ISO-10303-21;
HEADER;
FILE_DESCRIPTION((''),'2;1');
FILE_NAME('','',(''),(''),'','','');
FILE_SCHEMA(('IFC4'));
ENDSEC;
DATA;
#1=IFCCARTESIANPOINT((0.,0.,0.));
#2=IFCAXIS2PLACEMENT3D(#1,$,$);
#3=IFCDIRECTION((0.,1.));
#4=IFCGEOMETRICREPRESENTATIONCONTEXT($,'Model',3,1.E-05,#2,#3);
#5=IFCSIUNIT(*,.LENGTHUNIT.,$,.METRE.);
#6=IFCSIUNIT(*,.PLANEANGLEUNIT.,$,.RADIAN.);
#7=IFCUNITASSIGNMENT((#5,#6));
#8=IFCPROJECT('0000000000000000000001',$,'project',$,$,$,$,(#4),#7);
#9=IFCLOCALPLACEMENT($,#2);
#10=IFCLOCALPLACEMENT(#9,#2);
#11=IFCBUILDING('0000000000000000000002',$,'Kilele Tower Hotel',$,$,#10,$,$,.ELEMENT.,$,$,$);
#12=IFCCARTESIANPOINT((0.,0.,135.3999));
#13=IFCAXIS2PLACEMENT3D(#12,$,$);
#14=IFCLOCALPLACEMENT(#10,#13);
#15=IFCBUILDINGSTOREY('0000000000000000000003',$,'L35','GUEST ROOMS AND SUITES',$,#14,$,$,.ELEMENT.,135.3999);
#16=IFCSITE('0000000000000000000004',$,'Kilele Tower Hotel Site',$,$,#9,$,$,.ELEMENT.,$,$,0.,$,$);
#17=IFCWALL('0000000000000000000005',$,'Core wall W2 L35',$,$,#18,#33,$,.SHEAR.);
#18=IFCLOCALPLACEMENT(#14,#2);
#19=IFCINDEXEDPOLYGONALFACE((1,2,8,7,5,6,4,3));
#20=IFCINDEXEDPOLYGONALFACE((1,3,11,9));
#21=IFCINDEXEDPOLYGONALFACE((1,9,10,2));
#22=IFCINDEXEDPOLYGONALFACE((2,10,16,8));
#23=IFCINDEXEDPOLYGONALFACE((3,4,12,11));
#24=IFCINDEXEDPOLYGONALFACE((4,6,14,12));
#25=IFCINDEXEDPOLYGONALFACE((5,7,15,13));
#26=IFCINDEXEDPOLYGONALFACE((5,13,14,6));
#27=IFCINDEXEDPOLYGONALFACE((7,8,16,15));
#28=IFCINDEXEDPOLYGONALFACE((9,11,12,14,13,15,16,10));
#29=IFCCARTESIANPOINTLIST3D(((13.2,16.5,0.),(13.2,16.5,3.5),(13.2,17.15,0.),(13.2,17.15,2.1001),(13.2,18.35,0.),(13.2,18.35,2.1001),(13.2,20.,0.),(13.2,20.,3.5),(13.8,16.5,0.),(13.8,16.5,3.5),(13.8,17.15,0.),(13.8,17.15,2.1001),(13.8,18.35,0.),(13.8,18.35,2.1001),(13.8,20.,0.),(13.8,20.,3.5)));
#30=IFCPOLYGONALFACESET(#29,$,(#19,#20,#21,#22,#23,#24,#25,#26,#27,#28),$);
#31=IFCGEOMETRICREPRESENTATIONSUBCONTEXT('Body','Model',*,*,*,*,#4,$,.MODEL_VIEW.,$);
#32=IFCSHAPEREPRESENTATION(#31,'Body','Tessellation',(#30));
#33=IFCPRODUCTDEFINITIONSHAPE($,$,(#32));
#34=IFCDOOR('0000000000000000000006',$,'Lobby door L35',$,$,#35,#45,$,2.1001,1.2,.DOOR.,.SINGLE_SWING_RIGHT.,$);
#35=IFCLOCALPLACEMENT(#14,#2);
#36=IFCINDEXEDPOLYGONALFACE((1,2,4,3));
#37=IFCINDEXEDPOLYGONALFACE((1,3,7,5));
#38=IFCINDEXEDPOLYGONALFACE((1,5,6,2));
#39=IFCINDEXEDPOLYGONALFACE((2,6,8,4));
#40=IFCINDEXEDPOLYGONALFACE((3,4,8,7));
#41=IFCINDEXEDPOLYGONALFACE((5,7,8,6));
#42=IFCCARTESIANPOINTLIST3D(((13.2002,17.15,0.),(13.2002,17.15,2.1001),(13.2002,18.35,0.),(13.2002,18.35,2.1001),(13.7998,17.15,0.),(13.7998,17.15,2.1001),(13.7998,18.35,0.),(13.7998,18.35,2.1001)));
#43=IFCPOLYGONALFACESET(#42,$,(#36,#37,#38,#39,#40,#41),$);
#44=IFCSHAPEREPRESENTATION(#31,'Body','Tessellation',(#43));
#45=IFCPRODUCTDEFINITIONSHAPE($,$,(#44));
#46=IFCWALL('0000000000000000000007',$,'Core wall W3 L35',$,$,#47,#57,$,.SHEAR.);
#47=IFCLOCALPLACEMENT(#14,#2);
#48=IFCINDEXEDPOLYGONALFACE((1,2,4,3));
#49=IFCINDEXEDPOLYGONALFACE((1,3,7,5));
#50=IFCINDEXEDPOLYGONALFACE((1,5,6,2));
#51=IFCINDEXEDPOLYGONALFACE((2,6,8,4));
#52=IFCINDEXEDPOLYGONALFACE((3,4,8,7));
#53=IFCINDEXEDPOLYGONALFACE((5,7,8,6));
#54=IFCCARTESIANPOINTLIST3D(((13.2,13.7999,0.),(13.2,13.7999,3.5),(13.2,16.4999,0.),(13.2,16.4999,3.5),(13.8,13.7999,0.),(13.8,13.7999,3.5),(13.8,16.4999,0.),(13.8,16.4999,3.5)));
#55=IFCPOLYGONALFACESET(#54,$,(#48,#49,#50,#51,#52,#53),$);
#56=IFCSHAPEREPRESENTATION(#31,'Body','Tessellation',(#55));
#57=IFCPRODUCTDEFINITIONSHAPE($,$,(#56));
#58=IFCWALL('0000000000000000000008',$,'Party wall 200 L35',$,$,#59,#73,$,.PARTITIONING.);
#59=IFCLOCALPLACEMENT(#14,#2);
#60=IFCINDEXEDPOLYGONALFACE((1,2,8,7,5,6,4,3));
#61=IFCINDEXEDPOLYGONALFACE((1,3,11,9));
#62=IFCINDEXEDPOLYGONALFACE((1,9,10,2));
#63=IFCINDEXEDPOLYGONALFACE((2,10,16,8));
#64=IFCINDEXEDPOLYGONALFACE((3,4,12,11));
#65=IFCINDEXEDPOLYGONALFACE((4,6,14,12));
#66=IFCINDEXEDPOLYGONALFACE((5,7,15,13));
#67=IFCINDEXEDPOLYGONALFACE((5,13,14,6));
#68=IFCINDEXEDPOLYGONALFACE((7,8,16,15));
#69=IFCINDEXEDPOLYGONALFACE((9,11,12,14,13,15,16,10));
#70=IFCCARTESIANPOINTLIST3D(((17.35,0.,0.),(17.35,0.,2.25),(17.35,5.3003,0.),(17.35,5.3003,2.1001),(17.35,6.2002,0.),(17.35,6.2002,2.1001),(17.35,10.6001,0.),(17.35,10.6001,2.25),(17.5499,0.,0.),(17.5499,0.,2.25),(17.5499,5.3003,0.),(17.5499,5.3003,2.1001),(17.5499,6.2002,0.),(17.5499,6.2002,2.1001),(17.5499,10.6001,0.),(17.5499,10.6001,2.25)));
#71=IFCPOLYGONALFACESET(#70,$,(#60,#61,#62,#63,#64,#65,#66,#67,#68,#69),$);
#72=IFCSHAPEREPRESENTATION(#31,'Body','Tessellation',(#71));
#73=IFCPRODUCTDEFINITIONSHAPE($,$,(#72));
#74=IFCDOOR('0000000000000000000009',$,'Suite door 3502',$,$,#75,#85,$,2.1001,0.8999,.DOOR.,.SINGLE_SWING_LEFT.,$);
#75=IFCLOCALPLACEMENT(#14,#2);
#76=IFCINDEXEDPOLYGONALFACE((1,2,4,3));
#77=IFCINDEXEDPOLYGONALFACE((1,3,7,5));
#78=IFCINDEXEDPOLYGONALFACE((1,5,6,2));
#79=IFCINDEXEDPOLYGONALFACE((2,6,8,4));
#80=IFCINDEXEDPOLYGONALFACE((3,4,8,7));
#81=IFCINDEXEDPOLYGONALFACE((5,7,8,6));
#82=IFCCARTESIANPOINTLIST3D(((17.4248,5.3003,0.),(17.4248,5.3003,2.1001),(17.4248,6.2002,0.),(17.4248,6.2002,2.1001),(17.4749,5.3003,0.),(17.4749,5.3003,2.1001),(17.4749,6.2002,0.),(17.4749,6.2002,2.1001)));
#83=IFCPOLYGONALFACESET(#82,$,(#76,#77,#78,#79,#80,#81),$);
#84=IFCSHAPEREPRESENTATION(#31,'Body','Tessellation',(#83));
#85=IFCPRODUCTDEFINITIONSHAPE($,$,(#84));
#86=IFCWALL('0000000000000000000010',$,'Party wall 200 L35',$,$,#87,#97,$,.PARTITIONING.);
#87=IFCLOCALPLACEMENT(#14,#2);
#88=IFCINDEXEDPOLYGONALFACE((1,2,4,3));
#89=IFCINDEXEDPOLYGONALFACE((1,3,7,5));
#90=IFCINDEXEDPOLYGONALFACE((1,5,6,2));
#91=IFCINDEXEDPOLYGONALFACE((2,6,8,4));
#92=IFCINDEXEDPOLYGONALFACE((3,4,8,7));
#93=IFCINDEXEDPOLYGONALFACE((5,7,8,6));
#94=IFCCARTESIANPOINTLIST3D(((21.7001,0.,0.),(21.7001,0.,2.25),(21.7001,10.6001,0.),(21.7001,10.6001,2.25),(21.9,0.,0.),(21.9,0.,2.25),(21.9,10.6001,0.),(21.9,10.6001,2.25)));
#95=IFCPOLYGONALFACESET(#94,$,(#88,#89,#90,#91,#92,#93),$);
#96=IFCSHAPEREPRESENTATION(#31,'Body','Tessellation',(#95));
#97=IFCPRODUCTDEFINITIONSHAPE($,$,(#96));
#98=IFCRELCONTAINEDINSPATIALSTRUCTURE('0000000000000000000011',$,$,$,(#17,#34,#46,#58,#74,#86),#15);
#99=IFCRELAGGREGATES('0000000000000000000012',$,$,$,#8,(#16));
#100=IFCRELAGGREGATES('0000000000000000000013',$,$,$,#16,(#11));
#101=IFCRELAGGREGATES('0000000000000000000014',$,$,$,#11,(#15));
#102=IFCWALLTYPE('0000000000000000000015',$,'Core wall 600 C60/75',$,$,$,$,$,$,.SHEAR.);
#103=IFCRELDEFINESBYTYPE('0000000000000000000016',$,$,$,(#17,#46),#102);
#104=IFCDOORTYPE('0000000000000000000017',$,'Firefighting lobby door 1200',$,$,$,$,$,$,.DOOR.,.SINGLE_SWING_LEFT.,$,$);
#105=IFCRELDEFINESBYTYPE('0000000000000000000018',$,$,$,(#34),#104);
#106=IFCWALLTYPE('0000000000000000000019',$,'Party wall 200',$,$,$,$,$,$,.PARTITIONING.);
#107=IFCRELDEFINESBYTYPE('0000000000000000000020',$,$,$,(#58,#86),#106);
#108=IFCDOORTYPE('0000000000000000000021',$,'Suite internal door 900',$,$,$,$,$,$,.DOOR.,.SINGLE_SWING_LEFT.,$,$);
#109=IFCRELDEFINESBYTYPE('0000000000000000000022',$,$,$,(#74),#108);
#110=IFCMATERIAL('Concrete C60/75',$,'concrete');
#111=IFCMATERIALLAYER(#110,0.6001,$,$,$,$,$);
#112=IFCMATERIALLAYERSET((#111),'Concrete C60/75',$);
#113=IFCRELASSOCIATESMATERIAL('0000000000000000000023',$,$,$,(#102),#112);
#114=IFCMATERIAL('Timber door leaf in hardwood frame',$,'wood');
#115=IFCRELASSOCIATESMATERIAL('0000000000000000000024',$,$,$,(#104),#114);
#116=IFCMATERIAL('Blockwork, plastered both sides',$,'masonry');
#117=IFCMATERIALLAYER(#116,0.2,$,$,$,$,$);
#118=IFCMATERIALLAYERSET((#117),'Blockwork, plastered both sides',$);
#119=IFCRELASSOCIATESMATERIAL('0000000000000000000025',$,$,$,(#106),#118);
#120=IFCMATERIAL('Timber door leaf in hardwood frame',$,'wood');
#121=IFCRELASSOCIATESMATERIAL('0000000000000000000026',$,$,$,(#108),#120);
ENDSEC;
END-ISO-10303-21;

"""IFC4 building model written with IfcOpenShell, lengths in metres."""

from ifc_helpers import new_model, si_unit, direction, frame, frame_2d, origin, place, context, subcontext, project, spatial, rectangle, extrude, material, layer, layer_set, type_object, element, fill, save


model = new_model("IFC4")

# Units and contexts
model_context = context("Model", 3, precision=1e-05, world=origin(), true_north=direction((0.0, 1.0)))
body_context = subcontext(model_context, "Body", "Model", "MODEL_VIEW")
ifc_project = project(units=[si_unit("LENGTHUNIT", "METRE"), si_unit("PLANEANGLEUNIT", "RADIAN")], contexts=[model_context])

# Site, building, storey
site_placement = place(None, origin())
site = spatial("IfcSite", under=ifc_project, at=site_placement, Name="Kilele Tower Hotel Site", CompositionType="ELEMENT", RefElevation=0.0)
building_placement = place(site_placement, origin())
building = spatial("IfcBuilding", under=site, at=building_placement, Name="Kilele Tower Hotel", CompositionType="ELEMENT")
storey_placement = place(building_placement, frame((0.0, 0.0, 135.3999)))
storey = spatial("IfcBuildingStorey", under=building, at=storey_placement, Name="L35", Description="GUEST ROOMS AND SUITES", CompositionType="ELEMENT", Elevation=135.3999)

# Shared definitions
ifc_material_1 = material(Name="Concrete C60/75", Category="concrete")
ifc_layer_1 = layer(ifc_material_1, 0.6001)
ifc_layer_set_1 = layer_set([ifc_layer_1], Name="Concrete C60/75")
wall_type_1 = type_object("IfcWallType", Name="Core wall 600 C60/75", PredefinedType="SHEAR", material=ifc_layer_set_1)
ifc_material_2 = material(Name="Timber door leaf in hardwood frame", Category="wood")
door_type_1 = type_object("IfcDoorType", Name="Firefighting lobby door 1200", OperationType="SINGLE_SWING_LEFT", PredefinedType="DOOR", material=ifc_material_2)

# Wall, opening, door
wall_1_placement = place(storey_placement, frame((13.5, 20.0, 0.0), z_axis=(0.0, 0.0, 1.0), x_axis=(0.0, -1.0, 0.0)))
wall_1 = element("IfcWall", 1, at=wall_1_placement, inside=storey, type_object=wall_type_1, Name="Core wall W2 L35", PredefinedType="SHEAR", context=body_context, shape_type="SweptSolid", body=[
    extrude(rectangle(XDim=3.5, YDim=0.6001, at=frame_2d((1.75, 0.0))), origin(), (0.0, 0.0, 1.0), 3.5),
])
opening_1_placement = place(wall_1_placement, frame((1.6499, 0.0, 0.0)))
opening_1 = element("IfcOpeningElement", 2, at=opening_1_placement, cuts=wall_1, PredefinedType="OPENING", context=body_context, shape_type="SweptSolid", body=[
    extrude(rectangle(XDim=1.2, YDim=2.1001, at=frame_2d((0.6001, 1.05))), frame((0.0, 0.3101, 0.0), z_axis=(0.0, -1.0, 0.0), x_axis=(1.0, 0.0, 0.0)), (0.0, 0.0, 1.0), 0.6201),
])
door_1_placement = place(opening_1_placement, origin())
door_1 = element("IfcDoor", 3, at=door_1_placement, inside=storey, type_object=door_type_1, Name="Lobby door L35", OperationType="SINGLE_SWING_RIGHT", OverallHeight=2.1001, OverallWidth=1.2, PredefinedType="DOOR", context=body_context, shape_type="SweptSolid", body=[
    extrude(rectangle(XDim=1.2, YDim=2.1001, at=frame_2d((0.6001, 1.05))), frame((0.0, 0.2998, 0.0), z_axis=(0.0, -1.0, 0.0), x_axis=(1.0, 0.0, 0.0)), (0.0, 0.0, 1.0), 0.5996),
])
fill(opening_1, door_1)

# Wall
wall_2_placement = place(storey_placement, frame((13.5, 16.5, 0.0), z_axis=(0.0, 0.0, 1.0), x_axis=(0.0, -1.0, 0.0)))
element("IfcWall", 4, at=wall_2_placement, inside=storey, type_object=wall_type_1, Name="Core wall W3 L35", PredefinedType="SHEAR", context=body_context, shape_type="SweptSolid", body=[
    extrude(rectangle(XDim=2.7, YDim=0.6001, at=frame_2d((1.3501, 0.0))), origin(), (0.0, 0.0, 1.0), 3.5),
])

# Wall, opening, door
ifc_material_3 = material(Name="Blockwork, plastered both sides", Category="masonry")
ifc_layer_2 = layer(ifc_material_3, 0.2)
ifc_layer_set_2 = layer_set([ifc_layer_2], Name="Blockwork, plastered both sides")
wall_type_2 = type_object("IfcWallType", Name="Party wall 200", PredefinedType="PARTITIONING", material=ifc_layer_set_2)
wall_3_placement = place(storey_placement, frame((17.45, 10.6001, 0.0), z_axis=(0.0, 0.0, 1.0), x_axis=(0.0, -1.0, 0.0)))
wall_3 = element("IfcWall", 5, at=wall_3_placement, inside=storey, type_object=wall_type_2, Name="Party wall 200 L35", PredefinedType="PARTITIONING", context=body_context, shape_type="SweptSolid", body=[
    extrude(rectangle(XDim=10.6001, YDim=0.2, at=frame_2d((5.3, 0.0))), origin(), (0.0, 0.0, 1.0), 2.25),
])
opening_2_placement = place(wall_3_placement, frame((4.3999, 0.0, 0.0)))
opening_2 = element("IfcOpeningElement", 6, at=opening_2_placement, cuts=wall_3, PredefinedType="OPENING", context=body_context, shape_type="SweptSolid", body=[
    extrude(rectangle(XDim=0.8999, YDim=2.1001, at=frame_2d((0.45, 1.05))), frame((0.0, 0.1099, 0.0), z_axis=(0.0, -1.0, 0.0), x_axis=(1.0, 0.0, 0.0)), (0.0, 0.0, 1.0), 0.22),
])
ifc_material_4 = material(Name="Timber door leaf in hardwood frame", Category="wood")
door_type_2 = type_object("IfcDoorType", Name="Suite internal door 900", OperationType="SINGLE_SWING_LEFT", PredefinedType="DOOR", material=ifc_material_4)
door_2_placement = place(opening_2_placement, origin())
door_2 = element("IfcDoor", 7, at=door_2_placement, inside=storey, type_object=door_type_2, Name="Suite door 3502", OperationType="SINGLE_SWING_LEFT", OverallHeight=2.1001, OverallWidth=0.8999, PredefinedType="DOOR", context=body_context, shape_type="SweptSolid", body=[
    extrude(rectangle(XDim=0.8999, YDim=2.1001, at=frame_2d((0.45, 1.05))), frame((0.0, 0.0249, 0.0), z_axis=(0.0, -1.0, 0.0), x_axis=(1.0, 0.0, 0.0)), (0.0, 0.0, 1.0), 0.05),
])
fill(opening_2, door_2)

# Wall
wall_4_placement = place(storey_placement, frame((21.8, 10.6001, 0.0), z_axis=(0.0, 0.0, 1.0), x_axis=(0.0, -1.0, 0.0)))
element("IfcWall", 8, at=wall_4_placement, inside=storey, type_object=wall_type_2, Name="Party wall 200 L35", PredefinedType="PARTITIONING", context=body_context, shape_type="SweptSolid", body=[
    extrude(rectangle(XDim=10.6001, YDim=0.2, at=frame_2d((5.3, 0.0))), origin(), (0.0, 0.0, 1.0), 2.25),
])

save(model, "model.ifc")
